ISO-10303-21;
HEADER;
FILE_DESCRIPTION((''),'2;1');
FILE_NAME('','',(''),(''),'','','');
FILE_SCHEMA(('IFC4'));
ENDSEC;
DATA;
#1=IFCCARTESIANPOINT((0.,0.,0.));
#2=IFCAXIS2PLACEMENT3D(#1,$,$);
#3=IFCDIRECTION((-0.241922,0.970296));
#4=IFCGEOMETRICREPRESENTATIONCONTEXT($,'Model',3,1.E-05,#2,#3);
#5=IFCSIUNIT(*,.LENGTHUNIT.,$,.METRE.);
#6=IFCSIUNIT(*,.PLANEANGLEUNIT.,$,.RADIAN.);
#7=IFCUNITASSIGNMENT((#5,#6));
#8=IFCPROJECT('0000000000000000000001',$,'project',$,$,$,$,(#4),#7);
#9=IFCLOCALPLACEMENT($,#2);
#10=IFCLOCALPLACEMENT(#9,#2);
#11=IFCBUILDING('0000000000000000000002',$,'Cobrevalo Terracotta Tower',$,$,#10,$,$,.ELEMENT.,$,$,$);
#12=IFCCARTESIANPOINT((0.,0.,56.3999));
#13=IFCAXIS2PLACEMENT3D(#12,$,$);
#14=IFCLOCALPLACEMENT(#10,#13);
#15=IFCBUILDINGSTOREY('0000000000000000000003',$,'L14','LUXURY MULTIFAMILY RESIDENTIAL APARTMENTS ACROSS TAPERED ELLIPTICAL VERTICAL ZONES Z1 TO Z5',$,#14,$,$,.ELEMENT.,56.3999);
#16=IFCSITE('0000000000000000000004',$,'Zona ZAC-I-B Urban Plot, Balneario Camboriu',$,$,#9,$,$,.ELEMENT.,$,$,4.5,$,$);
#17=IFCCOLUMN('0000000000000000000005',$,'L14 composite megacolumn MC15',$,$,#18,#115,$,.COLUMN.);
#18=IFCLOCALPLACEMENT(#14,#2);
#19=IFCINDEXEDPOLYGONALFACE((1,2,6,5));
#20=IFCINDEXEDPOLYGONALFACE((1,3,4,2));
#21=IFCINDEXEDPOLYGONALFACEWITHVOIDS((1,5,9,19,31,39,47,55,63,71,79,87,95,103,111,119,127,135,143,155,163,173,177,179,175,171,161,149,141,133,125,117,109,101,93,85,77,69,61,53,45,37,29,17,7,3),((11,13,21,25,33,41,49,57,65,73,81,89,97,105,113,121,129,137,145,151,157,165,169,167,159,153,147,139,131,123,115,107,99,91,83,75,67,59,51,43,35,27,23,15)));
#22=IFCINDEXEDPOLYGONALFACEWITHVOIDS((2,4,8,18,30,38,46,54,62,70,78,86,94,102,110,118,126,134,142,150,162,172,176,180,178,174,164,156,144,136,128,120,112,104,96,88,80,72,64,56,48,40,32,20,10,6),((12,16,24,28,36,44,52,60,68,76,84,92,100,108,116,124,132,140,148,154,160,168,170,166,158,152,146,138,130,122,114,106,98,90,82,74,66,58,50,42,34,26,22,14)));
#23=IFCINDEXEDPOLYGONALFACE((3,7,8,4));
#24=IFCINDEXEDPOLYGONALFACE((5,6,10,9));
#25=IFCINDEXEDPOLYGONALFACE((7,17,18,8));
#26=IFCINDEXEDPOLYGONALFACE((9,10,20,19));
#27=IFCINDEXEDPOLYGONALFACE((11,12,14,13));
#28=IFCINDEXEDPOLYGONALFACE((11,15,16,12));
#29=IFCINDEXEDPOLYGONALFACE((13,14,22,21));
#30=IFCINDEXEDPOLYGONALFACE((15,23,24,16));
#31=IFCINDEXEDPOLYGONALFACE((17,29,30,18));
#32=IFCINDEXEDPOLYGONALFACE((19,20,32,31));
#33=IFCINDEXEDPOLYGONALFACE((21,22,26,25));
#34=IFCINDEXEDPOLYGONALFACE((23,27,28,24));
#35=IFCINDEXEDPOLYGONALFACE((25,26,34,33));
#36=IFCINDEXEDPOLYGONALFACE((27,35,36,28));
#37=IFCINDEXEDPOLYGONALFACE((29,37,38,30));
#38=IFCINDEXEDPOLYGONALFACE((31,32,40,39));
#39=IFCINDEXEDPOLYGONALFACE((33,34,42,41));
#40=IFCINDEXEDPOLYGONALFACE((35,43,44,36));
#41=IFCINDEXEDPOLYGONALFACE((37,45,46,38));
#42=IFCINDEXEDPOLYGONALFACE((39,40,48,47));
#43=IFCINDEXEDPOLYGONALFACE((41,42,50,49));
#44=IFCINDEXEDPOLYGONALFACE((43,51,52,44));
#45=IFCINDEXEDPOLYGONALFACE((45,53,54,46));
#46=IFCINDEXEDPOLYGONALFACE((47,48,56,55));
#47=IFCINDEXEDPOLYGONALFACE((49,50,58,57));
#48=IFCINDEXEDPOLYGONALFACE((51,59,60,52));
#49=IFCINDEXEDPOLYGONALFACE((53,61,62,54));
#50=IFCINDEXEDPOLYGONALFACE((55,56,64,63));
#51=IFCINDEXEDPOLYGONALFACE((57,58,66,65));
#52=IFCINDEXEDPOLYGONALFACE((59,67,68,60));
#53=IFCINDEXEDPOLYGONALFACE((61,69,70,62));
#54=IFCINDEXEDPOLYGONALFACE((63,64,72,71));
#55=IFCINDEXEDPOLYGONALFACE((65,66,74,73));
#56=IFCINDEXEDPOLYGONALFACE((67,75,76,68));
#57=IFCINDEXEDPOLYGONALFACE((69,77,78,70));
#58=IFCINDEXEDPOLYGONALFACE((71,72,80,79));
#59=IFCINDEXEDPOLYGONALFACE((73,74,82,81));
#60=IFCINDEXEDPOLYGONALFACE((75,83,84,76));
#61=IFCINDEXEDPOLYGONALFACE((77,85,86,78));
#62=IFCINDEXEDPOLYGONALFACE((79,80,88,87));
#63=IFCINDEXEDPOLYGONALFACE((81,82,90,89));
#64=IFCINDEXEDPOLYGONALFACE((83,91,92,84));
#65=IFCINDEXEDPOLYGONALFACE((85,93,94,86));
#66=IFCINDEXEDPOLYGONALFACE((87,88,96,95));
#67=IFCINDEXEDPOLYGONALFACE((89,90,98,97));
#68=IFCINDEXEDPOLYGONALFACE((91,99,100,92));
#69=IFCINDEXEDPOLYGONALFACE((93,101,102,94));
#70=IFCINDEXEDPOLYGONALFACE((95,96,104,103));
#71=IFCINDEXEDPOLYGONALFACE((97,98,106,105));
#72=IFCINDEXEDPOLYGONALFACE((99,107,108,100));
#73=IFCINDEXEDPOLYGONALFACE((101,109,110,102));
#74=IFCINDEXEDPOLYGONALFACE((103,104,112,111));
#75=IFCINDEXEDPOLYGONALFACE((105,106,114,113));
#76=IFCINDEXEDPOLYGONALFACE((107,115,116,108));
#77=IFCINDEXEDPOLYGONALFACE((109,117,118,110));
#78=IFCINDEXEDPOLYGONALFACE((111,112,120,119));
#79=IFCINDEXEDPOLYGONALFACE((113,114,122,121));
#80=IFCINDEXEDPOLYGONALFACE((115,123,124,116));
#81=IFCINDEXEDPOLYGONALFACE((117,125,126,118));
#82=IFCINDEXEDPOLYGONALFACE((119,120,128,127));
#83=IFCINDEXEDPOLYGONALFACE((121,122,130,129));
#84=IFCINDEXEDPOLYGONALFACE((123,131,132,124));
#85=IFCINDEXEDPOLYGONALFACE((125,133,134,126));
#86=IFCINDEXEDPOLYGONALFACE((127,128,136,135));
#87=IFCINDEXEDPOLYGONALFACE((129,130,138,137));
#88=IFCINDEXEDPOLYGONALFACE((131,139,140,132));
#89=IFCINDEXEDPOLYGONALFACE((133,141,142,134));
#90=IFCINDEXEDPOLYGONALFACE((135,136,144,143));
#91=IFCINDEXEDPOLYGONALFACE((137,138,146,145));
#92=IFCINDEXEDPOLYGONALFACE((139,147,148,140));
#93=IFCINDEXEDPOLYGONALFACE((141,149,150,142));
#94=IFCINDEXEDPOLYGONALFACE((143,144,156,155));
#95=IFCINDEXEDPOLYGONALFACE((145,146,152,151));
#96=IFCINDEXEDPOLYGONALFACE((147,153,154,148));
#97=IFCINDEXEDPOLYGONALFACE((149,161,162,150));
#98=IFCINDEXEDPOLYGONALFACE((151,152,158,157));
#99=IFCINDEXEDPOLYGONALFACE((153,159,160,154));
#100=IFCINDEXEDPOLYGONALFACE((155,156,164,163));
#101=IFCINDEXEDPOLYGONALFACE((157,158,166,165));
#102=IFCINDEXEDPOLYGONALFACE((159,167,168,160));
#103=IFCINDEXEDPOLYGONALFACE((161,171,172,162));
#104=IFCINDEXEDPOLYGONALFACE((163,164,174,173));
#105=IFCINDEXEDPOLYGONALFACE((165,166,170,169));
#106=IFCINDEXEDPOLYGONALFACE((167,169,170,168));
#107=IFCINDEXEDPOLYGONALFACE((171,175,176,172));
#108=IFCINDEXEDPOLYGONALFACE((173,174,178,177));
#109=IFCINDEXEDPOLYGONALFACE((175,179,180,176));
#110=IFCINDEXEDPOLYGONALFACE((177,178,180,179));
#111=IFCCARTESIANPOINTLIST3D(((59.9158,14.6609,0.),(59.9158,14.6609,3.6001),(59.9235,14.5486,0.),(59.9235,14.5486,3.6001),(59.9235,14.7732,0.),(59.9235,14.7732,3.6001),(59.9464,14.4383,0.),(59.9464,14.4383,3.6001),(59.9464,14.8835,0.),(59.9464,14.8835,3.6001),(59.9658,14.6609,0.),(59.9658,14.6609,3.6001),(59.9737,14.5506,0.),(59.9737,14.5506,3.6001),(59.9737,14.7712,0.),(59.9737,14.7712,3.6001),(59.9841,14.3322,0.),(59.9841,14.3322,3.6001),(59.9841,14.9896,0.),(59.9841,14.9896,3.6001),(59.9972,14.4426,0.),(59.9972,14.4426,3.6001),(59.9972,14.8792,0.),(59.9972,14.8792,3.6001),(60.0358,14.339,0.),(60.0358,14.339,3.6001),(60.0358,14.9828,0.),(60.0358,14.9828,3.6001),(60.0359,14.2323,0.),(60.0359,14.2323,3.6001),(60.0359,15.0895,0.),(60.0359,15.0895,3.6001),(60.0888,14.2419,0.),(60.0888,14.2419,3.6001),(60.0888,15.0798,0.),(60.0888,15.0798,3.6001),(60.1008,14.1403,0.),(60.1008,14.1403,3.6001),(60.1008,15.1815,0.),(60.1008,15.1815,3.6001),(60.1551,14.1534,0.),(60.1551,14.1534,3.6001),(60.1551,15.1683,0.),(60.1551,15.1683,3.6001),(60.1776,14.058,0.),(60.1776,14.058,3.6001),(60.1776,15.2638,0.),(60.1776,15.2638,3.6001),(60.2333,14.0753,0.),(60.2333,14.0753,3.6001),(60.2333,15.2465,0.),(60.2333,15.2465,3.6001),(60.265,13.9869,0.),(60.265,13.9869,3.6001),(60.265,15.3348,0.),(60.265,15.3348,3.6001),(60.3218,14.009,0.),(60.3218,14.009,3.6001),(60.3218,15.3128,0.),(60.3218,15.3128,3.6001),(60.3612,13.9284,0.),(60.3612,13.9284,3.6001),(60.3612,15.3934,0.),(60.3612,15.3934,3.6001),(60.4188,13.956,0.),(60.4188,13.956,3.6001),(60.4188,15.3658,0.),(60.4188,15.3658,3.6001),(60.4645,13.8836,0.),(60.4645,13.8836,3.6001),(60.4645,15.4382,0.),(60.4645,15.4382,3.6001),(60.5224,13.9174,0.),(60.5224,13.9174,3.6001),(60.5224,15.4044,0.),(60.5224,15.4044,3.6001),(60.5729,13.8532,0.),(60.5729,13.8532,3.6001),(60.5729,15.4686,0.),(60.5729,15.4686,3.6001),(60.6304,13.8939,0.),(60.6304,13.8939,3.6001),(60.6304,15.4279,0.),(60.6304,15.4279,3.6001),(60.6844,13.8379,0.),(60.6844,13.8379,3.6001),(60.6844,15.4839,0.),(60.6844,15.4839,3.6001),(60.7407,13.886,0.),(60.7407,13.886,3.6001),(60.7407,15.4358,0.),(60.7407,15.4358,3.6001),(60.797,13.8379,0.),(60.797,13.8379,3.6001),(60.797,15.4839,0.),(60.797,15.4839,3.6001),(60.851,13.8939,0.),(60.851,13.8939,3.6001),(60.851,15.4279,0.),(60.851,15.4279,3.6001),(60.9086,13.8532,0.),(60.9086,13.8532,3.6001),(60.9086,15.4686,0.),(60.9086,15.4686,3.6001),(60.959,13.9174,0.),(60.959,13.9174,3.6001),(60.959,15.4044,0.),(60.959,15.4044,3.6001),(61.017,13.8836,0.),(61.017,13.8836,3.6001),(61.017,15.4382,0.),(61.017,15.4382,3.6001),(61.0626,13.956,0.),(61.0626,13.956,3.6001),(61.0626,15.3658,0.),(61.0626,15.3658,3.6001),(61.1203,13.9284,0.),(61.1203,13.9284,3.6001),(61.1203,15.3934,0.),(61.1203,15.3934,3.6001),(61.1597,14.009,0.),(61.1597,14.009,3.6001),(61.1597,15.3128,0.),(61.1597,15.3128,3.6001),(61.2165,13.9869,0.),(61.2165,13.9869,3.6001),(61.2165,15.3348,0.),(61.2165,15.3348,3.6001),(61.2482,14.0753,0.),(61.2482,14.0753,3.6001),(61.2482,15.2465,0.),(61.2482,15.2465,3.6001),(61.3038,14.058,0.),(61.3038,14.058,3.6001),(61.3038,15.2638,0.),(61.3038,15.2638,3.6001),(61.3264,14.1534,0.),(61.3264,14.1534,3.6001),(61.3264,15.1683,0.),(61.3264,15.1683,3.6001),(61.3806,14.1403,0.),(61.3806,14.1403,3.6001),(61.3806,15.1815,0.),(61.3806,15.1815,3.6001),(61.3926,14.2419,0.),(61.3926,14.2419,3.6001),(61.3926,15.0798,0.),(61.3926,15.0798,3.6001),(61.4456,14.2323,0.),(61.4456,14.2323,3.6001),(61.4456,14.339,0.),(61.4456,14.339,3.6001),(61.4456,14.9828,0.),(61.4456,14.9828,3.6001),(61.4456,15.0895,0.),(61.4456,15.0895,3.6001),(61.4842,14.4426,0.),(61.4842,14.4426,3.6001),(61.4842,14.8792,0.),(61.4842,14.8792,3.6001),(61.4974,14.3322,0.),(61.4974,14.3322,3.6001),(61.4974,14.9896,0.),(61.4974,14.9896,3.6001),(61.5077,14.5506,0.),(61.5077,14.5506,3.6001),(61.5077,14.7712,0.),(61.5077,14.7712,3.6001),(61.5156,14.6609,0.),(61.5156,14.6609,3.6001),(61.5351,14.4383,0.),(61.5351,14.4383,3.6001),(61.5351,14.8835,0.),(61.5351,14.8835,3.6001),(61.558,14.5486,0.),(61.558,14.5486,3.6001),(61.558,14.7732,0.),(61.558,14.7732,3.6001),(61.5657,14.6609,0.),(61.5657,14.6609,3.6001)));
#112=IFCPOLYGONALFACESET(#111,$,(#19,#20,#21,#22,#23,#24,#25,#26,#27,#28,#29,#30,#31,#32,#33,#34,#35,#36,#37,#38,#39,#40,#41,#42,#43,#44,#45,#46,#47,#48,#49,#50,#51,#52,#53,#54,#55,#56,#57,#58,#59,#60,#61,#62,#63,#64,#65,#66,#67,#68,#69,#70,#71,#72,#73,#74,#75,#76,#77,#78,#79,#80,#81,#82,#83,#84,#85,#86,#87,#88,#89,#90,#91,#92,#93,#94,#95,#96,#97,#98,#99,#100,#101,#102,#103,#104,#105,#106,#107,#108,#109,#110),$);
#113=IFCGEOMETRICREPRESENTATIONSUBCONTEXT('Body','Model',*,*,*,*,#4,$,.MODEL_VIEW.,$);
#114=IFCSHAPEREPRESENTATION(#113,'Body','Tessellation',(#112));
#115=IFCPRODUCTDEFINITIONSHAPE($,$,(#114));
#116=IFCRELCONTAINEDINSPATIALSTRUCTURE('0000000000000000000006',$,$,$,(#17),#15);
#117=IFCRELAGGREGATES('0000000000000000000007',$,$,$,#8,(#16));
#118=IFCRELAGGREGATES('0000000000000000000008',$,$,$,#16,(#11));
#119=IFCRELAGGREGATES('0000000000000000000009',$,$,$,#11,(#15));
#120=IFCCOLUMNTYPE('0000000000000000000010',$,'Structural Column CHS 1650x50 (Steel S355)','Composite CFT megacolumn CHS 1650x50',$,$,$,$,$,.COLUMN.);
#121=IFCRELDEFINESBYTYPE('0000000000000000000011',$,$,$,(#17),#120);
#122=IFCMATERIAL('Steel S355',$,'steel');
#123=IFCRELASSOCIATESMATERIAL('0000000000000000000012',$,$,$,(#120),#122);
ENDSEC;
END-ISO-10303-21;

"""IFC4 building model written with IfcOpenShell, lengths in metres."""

from ifc_helpers import new_model, si_unit, direction, frame, origin, origin_2d, place, context, subcontext, project, spatial, hollow_circle, extrude, material, material_profile, profile_set, type_object, element, save


model = new_model("IFC4")

# Units and contexts
model_context = context("Model", 3, precision=1e-05, world=origin(), true_north=direction((-0.241922, 0.970296)))
body_context = subcontext(model_context, "Body", "Model", "MODEL_VIEW")
ifc_project = project(units=[si_unit("LENGTHUNIT", "METRE"), si_unit("PLANEANGLEUNIT", "RADIAN")], contexts=[model_context])

# Site, building, storey
site_placement = place(None, origin())
site = spatial("IfcSite", under=ifc_project, at=site_placement, Name="Zona ZAC-I-B Urban Plot, Balneario Camboriu", CompositionType="ELEMENT", RefElevation=4.5)
building_placement = place(site_placement, origin())
building = spatial("IfcBuilding", under=site, at=building_placement, Name="Cobrevalo Terracotta Tower", CompositionType="ELEMENT")
storey_placement = place(building_placement, frame((0.0, 0.0, 56.3999)))
storey = spatial("IfcBuildingStorey", under=building, at=storey_placement, Name="L14", Description="LUXURY MULTIFAMILY RESIDENTIAL APARTMENTS ACROSS TAPERED ELLIPTICAL VERTICAL ZONES Z1 TO Z5", CompositionType="ELEMENT", Elevation=56.3999)

# Column
ifc_material_1 = material(Name="Steel S355", Category="steel")
ifc_material_profile_1 = material_profile(ifc_material_1, hollow_circle(Radius=0.825, WallThickness=0.05, at=origin_2d()), Name="CHS 1650x50")
ifc_profile_set_1 = profile_set([ifc_material_profile_1], Name="Steel S355")
column_type = type_object("IfcColumnType", Name="Structural Column CHS 1650x50 (Steel S355)", Description="Composite CFT megacolumn CHS 1650x50", PredefinedType="COLUMN", material=ifc_profile_set_1)
for number, where, z_axis, x_axis, name in (
    (1, (60.7407, 14.6609, 0.0), (0.0, 0.0, 1.0), (1.0, 0.0, 0.0), "L14 composite megacolumn MC15"),
):
    element("IfcColumn", number, at=place(storey_placement, frame(where, z_axis=z_axis, x_axis=x_axis)), inside=storey, type_object=column_type, Name=name, PredefinedType="COLUMN", context=body_context, shape_type="SweptSolid", body=[
        extrude(hollow_circle(Radius=0.825, WallThickness=0.05, at=origin_2d()), origin(), (0.0, 0.0, 1.0), 3.6001),
    ])

save(model, "model.ifc")
